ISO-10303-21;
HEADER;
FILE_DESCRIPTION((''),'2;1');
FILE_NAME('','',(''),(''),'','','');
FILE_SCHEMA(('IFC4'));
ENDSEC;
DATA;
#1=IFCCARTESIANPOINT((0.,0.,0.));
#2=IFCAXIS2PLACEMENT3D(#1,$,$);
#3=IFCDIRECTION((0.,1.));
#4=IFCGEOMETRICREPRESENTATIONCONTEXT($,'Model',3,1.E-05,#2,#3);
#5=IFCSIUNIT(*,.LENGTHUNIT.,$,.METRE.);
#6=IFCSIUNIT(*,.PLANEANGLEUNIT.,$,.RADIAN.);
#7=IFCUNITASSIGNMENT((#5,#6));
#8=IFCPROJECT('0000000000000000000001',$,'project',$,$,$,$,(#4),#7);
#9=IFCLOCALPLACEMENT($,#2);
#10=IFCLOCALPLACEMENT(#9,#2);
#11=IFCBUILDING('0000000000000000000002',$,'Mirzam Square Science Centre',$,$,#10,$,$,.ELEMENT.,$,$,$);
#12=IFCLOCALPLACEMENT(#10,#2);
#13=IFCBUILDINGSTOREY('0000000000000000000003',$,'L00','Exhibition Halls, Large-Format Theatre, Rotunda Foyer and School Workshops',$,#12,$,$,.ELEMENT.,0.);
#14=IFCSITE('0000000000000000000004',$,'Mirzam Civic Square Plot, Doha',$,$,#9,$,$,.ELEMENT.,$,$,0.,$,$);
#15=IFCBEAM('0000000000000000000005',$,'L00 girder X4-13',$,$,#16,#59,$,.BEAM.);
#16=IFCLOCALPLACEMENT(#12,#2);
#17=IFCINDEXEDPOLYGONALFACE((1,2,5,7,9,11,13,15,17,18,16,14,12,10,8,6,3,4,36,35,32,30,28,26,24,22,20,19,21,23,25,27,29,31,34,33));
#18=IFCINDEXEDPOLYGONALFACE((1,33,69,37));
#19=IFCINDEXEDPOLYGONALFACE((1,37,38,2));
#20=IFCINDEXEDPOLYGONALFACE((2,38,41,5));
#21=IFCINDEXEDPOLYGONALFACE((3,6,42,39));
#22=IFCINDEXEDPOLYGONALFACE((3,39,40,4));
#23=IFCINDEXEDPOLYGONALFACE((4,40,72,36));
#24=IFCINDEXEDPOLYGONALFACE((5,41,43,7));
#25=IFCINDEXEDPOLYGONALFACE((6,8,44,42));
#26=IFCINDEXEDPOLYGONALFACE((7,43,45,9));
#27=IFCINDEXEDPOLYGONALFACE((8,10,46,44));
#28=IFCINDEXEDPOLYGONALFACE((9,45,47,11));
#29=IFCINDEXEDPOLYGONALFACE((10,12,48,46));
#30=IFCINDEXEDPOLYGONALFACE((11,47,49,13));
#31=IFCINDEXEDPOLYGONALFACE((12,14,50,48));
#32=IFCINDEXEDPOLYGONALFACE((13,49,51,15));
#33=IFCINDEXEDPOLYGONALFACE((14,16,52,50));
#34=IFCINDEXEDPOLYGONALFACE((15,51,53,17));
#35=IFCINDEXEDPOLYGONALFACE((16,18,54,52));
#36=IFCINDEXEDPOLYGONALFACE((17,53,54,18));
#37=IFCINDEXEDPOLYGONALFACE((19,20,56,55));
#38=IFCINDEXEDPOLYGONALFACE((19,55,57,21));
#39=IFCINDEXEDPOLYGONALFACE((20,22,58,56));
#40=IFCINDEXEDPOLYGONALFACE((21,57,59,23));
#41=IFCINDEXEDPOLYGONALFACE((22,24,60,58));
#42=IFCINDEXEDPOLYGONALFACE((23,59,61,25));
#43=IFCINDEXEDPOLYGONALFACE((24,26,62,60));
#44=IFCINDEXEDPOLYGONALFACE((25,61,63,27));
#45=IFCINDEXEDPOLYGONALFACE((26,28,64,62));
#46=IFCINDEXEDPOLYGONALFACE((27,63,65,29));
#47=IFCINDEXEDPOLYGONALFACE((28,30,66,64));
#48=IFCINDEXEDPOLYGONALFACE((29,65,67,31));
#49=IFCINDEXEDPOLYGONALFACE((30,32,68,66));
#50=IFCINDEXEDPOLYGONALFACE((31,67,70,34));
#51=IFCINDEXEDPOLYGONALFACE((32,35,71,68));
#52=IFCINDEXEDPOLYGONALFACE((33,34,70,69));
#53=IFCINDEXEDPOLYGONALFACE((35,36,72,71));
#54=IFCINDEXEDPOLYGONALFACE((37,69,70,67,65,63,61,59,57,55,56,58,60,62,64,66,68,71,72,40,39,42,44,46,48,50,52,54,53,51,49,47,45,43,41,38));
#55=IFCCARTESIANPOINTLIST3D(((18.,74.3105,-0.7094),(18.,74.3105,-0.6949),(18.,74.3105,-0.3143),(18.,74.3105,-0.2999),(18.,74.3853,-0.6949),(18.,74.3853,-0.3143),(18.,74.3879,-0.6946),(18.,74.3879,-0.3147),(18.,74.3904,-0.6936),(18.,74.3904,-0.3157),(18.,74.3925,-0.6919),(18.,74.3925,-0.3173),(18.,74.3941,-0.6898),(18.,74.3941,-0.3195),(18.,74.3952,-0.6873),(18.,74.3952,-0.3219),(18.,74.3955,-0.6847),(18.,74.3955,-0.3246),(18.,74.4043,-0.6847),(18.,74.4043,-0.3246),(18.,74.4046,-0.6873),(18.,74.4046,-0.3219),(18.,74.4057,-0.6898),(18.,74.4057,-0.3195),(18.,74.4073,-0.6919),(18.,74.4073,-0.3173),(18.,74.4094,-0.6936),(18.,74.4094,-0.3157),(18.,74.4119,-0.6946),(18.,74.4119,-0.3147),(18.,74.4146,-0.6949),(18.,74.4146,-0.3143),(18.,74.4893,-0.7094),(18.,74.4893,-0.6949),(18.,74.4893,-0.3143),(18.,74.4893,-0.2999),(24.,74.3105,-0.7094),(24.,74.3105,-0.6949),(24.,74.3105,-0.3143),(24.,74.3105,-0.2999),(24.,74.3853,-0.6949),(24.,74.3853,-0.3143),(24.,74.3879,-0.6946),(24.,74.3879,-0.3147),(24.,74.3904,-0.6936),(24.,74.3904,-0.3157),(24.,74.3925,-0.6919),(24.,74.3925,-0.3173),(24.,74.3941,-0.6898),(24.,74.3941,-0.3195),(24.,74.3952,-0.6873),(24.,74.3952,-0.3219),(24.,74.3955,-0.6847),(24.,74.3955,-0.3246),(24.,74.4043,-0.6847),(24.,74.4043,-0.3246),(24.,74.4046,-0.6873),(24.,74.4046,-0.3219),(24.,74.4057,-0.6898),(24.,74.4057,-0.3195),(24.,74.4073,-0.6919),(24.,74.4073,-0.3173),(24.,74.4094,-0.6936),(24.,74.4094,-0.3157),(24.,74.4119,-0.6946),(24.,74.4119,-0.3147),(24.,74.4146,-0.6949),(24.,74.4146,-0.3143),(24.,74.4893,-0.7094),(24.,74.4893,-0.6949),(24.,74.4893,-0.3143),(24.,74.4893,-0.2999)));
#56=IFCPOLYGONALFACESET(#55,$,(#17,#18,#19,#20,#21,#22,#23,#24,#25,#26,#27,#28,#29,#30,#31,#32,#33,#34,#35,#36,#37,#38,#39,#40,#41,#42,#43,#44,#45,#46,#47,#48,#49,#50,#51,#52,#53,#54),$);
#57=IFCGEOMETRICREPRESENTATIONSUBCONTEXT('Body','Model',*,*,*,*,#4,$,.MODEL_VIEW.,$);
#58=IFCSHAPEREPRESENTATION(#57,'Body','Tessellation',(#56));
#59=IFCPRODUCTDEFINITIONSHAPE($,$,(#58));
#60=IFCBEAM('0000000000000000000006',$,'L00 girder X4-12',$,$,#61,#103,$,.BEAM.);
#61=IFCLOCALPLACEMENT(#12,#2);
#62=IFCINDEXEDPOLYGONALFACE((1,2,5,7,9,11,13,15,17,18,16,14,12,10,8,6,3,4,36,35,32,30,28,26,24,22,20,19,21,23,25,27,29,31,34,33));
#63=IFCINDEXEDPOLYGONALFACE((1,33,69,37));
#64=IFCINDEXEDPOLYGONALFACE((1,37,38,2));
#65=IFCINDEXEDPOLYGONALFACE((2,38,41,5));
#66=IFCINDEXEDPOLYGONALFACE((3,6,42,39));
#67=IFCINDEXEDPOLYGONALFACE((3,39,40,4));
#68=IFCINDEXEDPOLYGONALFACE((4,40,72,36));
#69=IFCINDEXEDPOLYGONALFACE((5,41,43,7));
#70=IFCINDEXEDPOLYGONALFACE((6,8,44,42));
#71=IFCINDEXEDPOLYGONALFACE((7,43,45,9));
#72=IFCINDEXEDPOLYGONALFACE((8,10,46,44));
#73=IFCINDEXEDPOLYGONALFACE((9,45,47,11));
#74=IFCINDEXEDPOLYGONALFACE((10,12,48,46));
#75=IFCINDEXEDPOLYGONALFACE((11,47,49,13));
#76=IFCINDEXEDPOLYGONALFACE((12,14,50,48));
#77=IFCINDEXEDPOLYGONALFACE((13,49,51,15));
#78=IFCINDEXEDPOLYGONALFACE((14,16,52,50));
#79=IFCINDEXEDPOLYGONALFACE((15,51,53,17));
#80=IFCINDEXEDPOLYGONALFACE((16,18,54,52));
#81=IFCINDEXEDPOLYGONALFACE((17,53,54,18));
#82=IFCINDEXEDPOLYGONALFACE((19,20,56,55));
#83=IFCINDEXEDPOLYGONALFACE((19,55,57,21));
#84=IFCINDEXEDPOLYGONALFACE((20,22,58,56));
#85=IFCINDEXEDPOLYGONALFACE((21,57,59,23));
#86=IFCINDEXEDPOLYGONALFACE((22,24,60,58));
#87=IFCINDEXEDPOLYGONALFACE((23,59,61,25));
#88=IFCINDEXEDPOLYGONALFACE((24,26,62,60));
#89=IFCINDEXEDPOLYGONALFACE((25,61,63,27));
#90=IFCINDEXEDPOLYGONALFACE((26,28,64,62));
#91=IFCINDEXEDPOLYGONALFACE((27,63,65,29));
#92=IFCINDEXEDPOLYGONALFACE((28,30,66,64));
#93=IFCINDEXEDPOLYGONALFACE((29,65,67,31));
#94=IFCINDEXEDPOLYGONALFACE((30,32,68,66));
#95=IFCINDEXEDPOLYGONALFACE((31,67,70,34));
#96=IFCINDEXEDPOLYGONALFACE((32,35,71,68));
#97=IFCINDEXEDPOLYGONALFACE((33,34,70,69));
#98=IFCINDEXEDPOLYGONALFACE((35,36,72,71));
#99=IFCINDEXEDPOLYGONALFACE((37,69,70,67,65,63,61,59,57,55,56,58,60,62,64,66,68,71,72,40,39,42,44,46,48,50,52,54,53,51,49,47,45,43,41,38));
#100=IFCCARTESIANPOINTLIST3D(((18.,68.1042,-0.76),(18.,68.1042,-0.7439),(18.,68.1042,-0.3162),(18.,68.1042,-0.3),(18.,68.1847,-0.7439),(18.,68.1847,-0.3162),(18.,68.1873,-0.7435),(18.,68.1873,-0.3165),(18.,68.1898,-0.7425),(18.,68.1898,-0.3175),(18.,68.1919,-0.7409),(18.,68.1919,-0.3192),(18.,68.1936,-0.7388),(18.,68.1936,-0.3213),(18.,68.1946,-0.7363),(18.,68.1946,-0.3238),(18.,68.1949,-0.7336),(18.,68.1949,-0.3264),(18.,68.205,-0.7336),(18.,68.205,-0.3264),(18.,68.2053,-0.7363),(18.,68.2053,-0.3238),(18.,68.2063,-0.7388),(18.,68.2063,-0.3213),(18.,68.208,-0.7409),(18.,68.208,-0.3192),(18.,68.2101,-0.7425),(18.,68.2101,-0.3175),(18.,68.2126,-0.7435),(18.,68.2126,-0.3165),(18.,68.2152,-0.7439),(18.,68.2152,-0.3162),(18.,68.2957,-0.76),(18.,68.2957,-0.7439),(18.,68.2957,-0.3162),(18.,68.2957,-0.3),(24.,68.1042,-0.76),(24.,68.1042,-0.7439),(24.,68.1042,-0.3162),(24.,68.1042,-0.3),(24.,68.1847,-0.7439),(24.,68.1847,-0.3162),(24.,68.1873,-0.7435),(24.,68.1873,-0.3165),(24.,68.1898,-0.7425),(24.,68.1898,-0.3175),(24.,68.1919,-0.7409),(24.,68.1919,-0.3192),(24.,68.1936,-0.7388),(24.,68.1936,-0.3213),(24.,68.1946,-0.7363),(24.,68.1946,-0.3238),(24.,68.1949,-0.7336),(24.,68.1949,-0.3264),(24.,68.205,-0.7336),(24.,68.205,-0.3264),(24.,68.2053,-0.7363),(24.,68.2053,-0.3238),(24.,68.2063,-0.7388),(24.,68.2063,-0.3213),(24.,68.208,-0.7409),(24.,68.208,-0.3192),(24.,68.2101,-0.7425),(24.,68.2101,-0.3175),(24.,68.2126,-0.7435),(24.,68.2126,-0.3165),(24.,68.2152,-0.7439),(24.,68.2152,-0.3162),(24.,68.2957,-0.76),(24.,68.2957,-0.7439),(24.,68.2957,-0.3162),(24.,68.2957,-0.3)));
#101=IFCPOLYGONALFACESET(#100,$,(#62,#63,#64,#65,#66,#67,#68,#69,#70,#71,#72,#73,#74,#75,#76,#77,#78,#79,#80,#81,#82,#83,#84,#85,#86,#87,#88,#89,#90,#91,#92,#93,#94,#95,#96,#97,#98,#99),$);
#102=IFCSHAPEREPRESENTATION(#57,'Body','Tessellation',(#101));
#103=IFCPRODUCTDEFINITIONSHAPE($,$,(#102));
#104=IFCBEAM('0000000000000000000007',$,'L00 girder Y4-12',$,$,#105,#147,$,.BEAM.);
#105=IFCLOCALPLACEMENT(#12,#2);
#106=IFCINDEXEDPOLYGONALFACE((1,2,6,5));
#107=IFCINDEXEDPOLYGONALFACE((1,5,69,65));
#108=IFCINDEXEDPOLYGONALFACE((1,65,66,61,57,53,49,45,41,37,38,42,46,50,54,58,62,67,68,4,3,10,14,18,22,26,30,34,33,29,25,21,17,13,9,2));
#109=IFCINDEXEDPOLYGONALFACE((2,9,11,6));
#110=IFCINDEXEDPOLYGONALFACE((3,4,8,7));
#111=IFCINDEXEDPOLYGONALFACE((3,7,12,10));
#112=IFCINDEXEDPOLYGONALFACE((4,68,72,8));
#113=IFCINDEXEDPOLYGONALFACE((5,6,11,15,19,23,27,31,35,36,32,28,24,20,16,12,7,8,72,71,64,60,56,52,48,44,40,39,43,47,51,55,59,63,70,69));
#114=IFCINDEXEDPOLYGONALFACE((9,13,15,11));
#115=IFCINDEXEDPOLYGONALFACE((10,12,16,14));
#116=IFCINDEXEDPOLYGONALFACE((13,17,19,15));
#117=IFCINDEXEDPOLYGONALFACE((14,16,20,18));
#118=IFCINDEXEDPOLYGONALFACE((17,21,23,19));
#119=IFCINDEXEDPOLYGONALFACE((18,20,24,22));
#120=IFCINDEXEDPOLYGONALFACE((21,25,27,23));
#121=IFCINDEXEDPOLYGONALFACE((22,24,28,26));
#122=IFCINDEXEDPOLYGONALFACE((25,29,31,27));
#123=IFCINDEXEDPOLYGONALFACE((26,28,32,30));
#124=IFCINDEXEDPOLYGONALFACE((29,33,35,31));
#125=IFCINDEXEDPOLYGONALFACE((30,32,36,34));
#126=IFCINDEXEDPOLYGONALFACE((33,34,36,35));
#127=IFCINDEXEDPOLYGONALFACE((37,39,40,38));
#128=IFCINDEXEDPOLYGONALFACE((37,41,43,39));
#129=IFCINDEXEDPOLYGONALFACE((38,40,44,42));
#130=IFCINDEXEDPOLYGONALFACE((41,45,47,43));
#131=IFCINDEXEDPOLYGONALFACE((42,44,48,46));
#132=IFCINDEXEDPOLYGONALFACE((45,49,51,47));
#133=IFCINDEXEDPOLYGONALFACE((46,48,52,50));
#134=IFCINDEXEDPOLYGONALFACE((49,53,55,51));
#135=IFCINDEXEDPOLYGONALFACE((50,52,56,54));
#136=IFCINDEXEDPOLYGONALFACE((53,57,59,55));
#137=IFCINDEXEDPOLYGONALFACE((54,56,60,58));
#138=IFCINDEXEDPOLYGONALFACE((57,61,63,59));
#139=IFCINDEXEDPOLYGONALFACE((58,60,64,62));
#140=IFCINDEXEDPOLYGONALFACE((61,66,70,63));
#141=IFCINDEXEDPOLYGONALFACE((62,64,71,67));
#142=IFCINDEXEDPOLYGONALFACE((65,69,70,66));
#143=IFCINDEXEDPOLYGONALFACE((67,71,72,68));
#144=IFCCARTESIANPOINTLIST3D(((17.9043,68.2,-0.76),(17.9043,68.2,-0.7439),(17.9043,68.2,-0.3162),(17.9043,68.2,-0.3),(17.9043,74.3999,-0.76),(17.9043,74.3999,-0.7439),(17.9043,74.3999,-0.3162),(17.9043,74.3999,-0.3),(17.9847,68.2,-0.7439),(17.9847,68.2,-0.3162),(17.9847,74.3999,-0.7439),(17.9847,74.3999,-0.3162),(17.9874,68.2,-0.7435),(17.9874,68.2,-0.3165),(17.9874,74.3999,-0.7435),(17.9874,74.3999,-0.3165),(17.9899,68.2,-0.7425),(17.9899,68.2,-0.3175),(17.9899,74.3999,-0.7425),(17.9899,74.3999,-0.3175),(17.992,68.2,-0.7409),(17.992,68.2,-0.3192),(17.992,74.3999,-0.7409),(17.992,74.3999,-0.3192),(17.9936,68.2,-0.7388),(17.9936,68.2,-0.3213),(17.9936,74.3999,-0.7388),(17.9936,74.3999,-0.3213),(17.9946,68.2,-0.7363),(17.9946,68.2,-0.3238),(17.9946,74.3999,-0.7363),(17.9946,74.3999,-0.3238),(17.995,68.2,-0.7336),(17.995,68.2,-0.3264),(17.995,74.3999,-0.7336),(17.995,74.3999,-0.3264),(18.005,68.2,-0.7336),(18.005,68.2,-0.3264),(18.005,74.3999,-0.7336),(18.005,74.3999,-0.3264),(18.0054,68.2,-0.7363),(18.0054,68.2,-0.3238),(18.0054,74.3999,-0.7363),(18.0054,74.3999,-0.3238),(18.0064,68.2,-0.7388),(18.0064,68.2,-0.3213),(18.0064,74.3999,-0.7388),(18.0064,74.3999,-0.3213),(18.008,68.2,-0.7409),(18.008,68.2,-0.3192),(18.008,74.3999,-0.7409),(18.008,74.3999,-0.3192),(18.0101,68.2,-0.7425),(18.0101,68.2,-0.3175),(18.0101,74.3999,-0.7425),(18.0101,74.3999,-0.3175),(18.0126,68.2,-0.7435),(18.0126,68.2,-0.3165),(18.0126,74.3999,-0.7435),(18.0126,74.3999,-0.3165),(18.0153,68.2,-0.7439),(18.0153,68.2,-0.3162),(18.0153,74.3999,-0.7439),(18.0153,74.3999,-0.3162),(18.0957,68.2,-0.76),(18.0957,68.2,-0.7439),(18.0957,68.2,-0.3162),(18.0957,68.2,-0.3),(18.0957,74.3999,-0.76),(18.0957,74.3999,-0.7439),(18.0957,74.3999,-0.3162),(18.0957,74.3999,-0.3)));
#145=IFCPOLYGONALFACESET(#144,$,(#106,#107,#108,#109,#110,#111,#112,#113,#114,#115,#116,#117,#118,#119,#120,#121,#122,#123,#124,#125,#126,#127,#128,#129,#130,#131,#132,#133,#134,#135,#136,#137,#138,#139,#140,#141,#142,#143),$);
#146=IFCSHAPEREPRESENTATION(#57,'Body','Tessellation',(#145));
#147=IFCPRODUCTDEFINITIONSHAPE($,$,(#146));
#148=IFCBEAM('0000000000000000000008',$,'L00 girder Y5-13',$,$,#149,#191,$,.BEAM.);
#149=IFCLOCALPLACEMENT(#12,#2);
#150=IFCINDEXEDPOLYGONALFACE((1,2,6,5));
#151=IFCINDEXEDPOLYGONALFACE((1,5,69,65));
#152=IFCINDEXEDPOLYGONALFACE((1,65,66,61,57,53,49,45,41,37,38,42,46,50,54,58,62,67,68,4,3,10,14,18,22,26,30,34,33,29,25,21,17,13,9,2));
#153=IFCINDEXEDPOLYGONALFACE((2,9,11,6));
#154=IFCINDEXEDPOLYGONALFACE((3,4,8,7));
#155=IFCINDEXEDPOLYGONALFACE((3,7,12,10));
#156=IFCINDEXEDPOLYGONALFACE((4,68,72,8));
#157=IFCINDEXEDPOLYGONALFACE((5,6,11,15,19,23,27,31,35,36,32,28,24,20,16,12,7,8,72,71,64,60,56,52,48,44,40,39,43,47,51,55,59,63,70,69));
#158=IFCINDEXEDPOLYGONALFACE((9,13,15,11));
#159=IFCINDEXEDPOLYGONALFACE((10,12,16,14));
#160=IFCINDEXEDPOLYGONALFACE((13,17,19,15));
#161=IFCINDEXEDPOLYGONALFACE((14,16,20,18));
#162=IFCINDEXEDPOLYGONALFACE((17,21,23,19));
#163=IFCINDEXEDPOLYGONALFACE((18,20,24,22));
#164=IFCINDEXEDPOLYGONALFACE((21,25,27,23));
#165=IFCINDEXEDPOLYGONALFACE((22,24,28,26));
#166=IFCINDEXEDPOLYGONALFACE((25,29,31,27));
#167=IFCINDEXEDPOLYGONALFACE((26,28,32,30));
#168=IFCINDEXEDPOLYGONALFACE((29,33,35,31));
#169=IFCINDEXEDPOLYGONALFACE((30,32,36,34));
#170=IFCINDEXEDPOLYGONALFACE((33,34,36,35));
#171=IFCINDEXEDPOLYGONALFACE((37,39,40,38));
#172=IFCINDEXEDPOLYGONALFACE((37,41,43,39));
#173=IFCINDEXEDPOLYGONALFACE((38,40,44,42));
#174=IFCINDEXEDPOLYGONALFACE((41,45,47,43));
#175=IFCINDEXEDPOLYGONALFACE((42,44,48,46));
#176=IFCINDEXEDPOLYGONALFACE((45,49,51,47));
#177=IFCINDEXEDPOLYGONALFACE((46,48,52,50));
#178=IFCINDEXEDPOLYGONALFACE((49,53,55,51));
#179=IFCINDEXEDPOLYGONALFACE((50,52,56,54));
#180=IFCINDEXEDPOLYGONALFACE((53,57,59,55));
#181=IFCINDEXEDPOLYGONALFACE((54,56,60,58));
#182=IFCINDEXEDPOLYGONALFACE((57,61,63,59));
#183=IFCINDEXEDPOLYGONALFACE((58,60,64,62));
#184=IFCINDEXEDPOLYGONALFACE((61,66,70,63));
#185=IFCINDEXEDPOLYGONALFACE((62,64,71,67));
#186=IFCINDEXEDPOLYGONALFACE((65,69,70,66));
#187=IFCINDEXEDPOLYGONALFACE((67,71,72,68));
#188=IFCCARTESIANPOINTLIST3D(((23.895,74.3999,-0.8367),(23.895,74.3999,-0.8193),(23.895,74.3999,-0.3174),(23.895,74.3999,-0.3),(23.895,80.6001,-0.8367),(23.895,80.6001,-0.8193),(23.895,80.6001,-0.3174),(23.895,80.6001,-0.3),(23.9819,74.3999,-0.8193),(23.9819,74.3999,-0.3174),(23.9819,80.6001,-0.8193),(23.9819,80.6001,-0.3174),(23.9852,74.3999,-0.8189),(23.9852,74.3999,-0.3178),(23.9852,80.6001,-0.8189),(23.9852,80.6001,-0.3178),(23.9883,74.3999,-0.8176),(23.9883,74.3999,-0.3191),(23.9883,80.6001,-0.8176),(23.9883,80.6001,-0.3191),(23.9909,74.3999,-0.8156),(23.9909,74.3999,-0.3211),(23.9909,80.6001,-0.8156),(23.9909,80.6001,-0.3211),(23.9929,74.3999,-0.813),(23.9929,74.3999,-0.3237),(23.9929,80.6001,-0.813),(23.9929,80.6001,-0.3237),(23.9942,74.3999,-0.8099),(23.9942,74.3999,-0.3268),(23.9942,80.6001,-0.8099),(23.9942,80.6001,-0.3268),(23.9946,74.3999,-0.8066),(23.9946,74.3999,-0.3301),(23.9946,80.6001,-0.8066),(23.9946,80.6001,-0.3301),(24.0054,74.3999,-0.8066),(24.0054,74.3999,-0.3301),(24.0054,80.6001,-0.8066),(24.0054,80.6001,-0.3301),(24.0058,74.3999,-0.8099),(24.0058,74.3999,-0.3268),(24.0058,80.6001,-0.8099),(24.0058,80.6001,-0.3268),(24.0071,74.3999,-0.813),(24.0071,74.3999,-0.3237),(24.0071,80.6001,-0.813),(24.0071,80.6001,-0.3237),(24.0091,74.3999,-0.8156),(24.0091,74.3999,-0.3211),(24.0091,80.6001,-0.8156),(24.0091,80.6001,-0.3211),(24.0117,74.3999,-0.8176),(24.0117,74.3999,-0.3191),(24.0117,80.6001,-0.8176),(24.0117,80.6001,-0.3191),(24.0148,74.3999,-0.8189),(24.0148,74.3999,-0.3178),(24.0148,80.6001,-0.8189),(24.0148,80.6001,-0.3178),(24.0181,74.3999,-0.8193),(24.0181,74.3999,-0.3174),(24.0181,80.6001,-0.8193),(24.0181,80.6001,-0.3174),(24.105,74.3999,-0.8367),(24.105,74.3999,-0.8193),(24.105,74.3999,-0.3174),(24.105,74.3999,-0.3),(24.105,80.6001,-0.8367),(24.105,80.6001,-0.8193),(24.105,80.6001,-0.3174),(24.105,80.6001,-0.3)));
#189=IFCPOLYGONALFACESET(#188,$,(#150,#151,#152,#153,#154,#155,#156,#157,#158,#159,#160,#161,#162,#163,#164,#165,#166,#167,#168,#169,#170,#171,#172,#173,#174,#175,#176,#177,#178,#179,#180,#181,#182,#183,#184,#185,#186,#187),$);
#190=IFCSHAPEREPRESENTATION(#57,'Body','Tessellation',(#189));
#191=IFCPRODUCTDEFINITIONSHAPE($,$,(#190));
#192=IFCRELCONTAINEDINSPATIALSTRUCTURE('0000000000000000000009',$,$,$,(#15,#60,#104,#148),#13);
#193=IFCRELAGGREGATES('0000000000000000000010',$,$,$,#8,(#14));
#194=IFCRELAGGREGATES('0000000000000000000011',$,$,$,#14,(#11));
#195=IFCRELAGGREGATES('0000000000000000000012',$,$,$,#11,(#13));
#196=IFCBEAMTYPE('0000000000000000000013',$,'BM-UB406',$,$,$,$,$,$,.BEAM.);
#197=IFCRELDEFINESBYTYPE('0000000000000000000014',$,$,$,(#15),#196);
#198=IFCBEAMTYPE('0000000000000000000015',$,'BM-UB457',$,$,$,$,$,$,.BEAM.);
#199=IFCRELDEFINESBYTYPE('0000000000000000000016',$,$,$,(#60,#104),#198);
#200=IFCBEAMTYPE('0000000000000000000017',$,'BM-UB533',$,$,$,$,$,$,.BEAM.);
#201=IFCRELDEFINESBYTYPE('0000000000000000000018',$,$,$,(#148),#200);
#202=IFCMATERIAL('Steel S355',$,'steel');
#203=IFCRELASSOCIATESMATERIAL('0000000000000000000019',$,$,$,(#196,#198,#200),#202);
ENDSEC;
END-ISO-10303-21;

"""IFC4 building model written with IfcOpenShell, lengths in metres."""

from ifc_helpers import new_model, si_unit, direction, frame, origin, origin_2d, place, context, subcontext, project, spatial, i_section, extrude, material, material_profile, profile_set, type_object, element, save


model = new_model("IFC4")

# Units and contexts
model_context = context("Model", 3, precision=1e-05, world=origin(), true_north=direction((0.0, 1.0)))
body_context = subcontext(model_context, "Body", "Model", "MODEL_VIEW")
ifc_project = project(units=[si_unit("LENGTHUNIT", "METRE"), si_unit("PLANEANGLEUNIT", "RADIAN")], contexts=[model_context])

# Site, building, storey
site_placement = place(None, origin())
site = spatial("IfcSite", under=ifc_project, at=site_placement, Name="Mirzam Civic Square Plot, Doha", CompositionType="ELEMENT", RefElevation=0.0)
building_placement = place(site_placement, origin())
building = spatial("IfcBuilding", under=site, at=building_placement, Name="Mirzam Square Science Centre", CompositionType="ELEMENT")
storey_placement = place(building_placement, origin())
storey = spatial("IfcBuildingStorey", under=building, at=storey_placement, Name="L00", Description="Exhibition Halls, Large-Format Theatre, Rotunda Foyer and School Workshops", CompositionType="ELEMENT", Elevation=0.0)

# Shared definitions
ifc_material_1 = material(Name="Steel S355", Category="steel")

# Beams
ifc_material_profile_1 = material_profile(ifc_material_1, i_section(OverallWidth=0.1787, OverallDepth=0.4094, WebThickness=0.0088, FlangeThickness=0.0144, FilletRadius=0.0103, at=origin_2d()), Name="406x178x67UB")
ifc_profile_set_1 = profile_set([ifc_material_profile_1], Name="Steel S355")
beam_type_1 = type_object("IfcBeamType", Name="BM-UB406", PredefinedType="BEAM", material=ifc_profile_set_1)
for number, where, z_axis, x_axis, name in (
    (1, (18.0, 74.3999, -0.5046), (1.0, 0.0, 0.0), (0.0, 1.0, 0.0), "L00 girder X4-13"),
):
    element("IfcBeam", number, at=place(storey_placement, frame(where, z_axis=z_axis, x_axis=x_axis)), inside=storey, type_object=beam_type_1, Name=name, PredefinedType="BEAM", context=body_context, shape_type="SweptSolid", body=[
        extrude(i_section(OverallWidth=0.1787, OverallDepth=0.4094, WebThickness=0.0088, FlangeThickness=0.0144, FilletRadius=0.0103, at=origin_2d()), origin(), (0.0, 0.0, 1.0), 6.0),
    ])
ifc_material_profile_2 = material_profile(ifc_material_1, i_section(OverallWidth=0.1914, OverallDepth=0.46, WebThickness=0.01, FlangeThickness=0.0161, FilletRadius=0.0103, at=origin_2d()), Name="457x191x82UB")
ifc_profile_set_2 = profile_set([ifc_material_profile_2], Name="Steel S355")
beam_type_2 = type_object("IfcBeamType", Name="BM-UB457", PredefinedType="BEAM", material=ifc_profile_set_2)
beam_1_placement = place(storey_placement, frame((18.0, 68.2, -0.53), z_axis=(1.0, 0.0, 0.0), x_axis=(0.0, 1.0, 0.0)))
element("IfcBeam", 2, at=beam_1_placement, inside=storey, type_object=beam_type_2, Name="L00 girder X4-12", PredefinedType="BEAM", context=body_context, shape_type="SweptSolid", body=[
    extrude(i_section(OverallWidth=0.1914, OverallDepth=0.46, WebThickness=0.01, FlangeThickness=0.0161, FilletRadius=0.0103, at=origin_2d()), origin(), (0.0, 0.0, 1.0), 6.0),
])
beam_2_placement = place(storey_placement, frame((18.0, 68.2, -0.53), z_axis=(0.0, 1.0, 0.0), x_axis=(-1.0, 0.0, 0.0)))
element("IfcBeam", 3, at=beam_2_placement, inside=storey, type_object=beam_type_2, Name="L00 girder Y4-12", PredefinedType="BEAM", context=body_context, shape_type="SweptSolid", body=[
    extrude(i_section(OverallWidth=0.1914, OverallDepth=0.46, WebThickness=0.01, FlangeThickness=0.0161, FilletRadius=0.0103, at=origin_2d()), origin(), (0.0, 0.0, 1.0), 6.2),
])
ifc_material_profile_3 = material_profile(ifc_material_1, i_section(OverallWidth=0.21, OverallDepth=0.5366, WebThickness=0.0107, FlangeThickness=0.0173, FilletRadius=0.0127, at=origin_2d()), Name="533x210x101UB")
ifc_profile_set_3 = profile_set([ifc_material_profile_3], Name="Steel S355")
beam_type_3 = type_object("IfcBeamType", Name="BM-UB533", PredefinedType="BEAM", material=ifc_profile_set_3)
beam_3_placement = place(storey_placement, frame((24.0, 74.3999, -0.5684), z_axis=(0.0, 1.0, 0.0), x_axis=(-1.0, 0.0, 0.0)))
element("IfcBeam", 4, at=beam_3_placement, inside=storey, type_object=beam_type_3, Name="L00 girder Y5-13", PredefinedType="BEAM", context=body_context, shape_type="SweptSolid", body=[
    extrude(i_section(OverallWidth=0.21, OverallDepth=0.5366, WebThickness=0.0107, FlangeThickness=0.0173, FilletRadius=0.0127, at=origin_2d()), origin(), (0.0, 0.0, 1.0), 6.2002),
])

save(model, "model.ifc")
